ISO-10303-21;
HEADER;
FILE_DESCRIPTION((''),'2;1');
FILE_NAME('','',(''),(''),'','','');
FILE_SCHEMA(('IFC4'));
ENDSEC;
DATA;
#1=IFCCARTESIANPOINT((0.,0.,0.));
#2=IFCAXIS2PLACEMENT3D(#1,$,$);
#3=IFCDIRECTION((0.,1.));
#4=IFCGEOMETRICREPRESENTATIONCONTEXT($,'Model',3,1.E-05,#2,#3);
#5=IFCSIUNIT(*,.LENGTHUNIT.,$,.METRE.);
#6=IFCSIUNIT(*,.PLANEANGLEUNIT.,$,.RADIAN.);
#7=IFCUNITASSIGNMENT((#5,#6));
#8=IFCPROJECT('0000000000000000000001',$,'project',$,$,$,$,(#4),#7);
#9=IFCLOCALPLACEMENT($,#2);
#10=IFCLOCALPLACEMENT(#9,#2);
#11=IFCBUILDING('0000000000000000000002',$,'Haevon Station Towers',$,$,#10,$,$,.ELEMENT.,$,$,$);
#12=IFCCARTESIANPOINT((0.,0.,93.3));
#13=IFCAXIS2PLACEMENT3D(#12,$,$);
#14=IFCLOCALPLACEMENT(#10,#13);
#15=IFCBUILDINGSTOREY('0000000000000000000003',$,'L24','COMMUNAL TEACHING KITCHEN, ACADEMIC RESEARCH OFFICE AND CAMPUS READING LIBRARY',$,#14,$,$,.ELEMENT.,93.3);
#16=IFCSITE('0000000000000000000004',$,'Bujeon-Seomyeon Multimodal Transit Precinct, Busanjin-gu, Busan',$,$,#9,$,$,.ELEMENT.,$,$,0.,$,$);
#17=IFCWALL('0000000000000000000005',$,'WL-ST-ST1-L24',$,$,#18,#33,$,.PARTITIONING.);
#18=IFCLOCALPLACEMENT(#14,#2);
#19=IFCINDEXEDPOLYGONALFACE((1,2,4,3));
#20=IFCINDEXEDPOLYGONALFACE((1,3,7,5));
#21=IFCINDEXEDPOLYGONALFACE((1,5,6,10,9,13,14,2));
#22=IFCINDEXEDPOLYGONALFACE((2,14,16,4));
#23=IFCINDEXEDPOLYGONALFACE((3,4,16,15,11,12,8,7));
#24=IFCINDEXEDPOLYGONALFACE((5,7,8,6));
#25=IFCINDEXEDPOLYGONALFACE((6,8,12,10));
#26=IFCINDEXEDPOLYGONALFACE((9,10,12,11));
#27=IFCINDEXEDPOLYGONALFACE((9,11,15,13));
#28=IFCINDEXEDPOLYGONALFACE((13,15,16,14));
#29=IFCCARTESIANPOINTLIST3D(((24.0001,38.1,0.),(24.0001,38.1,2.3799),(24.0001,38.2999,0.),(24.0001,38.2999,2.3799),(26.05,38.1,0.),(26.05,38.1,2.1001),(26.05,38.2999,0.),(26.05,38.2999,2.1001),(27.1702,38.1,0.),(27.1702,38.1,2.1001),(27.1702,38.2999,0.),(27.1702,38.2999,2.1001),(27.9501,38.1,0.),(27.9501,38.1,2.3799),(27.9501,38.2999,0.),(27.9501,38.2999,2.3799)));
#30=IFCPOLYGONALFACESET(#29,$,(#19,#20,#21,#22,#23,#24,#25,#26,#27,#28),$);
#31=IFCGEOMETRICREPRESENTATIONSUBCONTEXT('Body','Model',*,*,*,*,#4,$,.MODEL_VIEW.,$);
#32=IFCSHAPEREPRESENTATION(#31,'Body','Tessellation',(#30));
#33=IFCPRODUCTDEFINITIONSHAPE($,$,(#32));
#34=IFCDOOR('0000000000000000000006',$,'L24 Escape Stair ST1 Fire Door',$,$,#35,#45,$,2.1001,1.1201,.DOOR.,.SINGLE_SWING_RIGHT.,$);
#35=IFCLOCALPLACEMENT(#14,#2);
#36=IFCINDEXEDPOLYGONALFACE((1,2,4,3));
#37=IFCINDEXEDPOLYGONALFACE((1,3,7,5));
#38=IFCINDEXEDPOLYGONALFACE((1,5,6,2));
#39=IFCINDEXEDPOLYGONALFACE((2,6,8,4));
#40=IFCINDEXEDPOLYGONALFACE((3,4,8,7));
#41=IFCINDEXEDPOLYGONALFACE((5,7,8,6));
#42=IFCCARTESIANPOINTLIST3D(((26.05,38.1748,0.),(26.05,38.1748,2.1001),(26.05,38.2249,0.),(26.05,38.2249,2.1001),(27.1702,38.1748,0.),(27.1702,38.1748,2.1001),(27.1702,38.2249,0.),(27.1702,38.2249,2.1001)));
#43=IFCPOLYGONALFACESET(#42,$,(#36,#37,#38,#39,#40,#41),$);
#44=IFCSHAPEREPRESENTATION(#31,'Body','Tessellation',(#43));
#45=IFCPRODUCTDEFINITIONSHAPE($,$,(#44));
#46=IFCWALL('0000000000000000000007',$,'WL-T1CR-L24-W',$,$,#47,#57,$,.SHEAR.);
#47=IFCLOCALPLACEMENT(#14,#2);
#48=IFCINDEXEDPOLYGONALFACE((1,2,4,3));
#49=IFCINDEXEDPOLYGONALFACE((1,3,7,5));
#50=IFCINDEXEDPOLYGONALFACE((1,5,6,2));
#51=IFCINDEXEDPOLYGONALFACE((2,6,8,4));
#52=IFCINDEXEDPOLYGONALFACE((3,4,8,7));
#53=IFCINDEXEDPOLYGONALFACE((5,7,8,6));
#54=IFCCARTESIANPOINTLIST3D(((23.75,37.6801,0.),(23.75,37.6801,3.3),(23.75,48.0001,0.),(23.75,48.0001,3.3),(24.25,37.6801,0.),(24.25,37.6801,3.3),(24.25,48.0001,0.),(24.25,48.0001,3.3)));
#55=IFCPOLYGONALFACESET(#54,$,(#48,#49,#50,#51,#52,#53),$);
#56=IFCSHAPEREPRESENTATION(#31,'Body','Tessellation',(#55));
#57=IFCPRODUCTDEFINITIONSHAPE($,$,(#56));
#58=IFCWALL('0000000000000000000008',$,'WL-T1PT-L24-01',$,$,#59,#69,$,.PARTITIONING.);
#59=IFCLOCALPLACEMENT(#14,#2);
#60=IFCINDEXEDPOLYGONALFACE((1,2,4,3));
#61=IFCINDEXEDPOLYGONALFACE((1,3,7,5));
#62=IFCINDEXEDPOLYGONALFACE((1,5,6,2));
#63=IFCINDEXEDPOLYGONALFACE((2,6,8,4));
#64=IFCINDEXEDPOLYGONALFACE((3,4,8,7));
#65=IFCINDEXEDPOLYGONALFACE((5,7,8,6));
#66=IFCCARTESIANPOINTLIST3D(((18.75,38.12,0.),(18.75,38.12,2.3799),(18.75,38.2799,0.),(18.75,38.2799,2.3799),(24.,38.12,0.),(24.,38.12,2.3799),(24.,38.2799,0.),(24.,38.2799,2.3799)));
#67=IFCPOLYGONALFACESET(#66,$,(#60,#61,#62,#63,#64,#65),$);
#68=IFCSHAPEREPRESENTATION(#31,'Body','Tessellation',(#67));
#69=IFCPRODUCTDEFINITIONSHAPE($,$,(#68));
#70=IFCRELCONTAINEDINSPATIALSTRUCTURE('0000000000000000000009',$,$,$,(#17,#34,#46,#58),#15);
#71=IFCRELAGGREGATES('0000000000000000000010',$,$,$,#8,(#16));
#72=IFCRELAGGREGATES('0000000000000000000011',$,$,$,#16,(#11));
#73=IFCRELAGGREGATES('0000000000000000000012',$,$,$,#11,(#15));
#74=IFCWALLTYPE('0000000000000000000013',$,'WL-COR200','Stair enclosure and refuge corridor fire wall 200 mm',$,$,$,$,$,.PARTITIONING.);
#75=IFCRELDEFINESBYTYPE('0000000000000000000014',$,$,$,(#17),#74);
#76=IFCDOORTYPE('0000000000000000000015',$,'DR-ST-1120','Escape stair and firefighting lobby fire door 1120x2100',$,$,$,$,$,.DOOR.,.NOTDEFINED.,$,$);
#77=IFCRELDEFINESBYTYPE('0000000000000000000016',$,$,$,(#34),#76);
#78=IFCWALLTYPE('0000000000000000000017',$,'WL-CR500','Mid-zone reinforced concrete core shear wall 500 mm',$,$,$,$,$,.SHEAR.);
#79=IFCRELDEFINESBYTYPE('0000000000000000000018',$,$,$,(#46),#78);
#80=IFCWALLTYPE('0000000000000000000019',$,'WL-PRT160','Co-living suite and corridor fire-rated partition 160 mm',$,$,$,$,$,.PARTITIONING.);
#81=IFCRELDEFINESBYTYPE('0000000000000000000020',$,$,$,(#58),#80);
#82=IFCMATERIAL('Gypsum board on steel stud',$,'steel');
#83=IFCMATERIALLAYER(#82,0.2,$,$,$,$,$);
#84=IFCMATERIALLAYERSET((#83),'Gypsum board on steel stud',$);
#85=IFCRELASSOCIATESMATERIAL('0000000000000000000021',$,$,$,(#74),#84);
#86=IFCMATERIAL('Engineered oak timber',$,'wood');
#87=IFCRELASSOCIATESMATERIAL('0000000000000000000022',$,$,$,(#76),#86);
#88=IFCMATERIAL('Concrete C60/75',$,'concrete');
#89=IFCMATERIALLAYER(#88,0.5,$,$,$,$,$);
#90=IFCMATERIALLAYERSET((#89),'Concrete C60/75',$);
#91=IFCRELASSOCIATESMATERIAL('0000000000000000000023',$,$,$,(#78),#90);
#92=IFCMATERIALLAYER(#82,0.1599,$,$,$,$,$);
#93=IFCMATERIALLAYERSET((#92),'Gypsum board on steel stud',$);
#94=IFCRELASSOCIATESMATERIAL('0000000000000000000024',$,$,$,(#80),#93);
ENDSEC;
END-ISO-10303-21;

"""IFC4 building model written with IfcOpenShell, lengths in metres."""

from ifc_helpers import new_model, si_unit, direction, frame, frame_2d, origin, place, context, subcontext, project, spatial, rectangle, extrude, material, layer, layer_set, type_object, element, fill, save


model = new_model("IFC4")

# Units and contexts
model_context = context("Model", 3, precision=1e-05, world=origin(), true_north=direction((0.0, 1.0)))
body_context = subcontext(model_context, "Body", "Model", "MODEL_VIEW")
ifc_project = project(units=[si_unit("LENGTHUNIT", "METRE"), si_unit("PLANEANGLEUNIT", "RADIAN")], contexts=[model_context])

# Site, building, storey
site_placement = place(None, origin())
site = spatial("IfcSite", under=ifc_project, at=site_placement, Name="Bujeon-Seomyeon Multimodal Transit Precinct, Busanjin-gu, Busan", CompositionType="ELEMENT", RefElevation=0.0)
building_placement = place(site_placement, origin())
building = spatial("IfcBuilding", under=site, at=building_placement, Name="Haevon Station Towers", CompositionType="ELEMENT")
storey_placement = place(building_placement, frame((0.0, 0.0, 93.3)))
storey = spatial("IfcBuildingStorey", under=building, at=storey_placement, Name="L24", Description="COMMUNAL TEACHING KITCHEN, ACADEMIC RESEARCH OFFICE AND CAMPUS READING LIBRARY", CompositionType="ELEMENT", Elevation=93.3)

# Wall, opening, door
ifc_material_1 = material(Name="Gypsum board on steel stud", Category="steel")
ifc_layer_1 = layer(ifc_material_1, 0.2)
ifc_layer_set_1 = layer_set([ifc_layer_1], Name="Gypsum board on steel stud")
wall_type_1 = type_object("IfcWallType", Name="WL-COR200", Description="Stair enclosure and refuge corridor fire wall 200 mm", PredefinedType="PARTITIONING", material=ifc_layer_set_1)
wall_1_placement = place(storey_placement, frame((24.0, 38.2, 0.0), z_axis=(0.0, 0.0, 1.0), x_axis=(1.0, 0.0, 0.0)))
wall_1 = element("IfcWall", 1, at=wall_1_placement, inside=storey, type_object=wall_type_1, Name="WL-ST-ST1-L24", PredefinedType="PARTITIONING", context=body_context, shape_type="SweptSolid", body=[
    extrude(rectangle(XDim=3.95, YDim=0.2, at=frame_2d((1.9751, 0.0))), origin(), (0.0, 0.0, 1.0), 2.3799),
])
opening_1_placement = place(wall_1_placement, frame((2.05, 0.0, 0.0)))
opening_1 = element("IfcOpeningElement", 2, at=opening_1_placement, cuts=wall_1, PredefinedType="OPENING", context=body_context, shape_type="SweptSolid", body=[
    extrude(rectangle(XDim=1.1201, YDim=2.1001, at=frame_2d((0.5601, 1.05))), frame((0.0, 0.1099, 0.0), z_axis=(0.0, -1.0, 0.0), x_axis=(1.0, 0.0, 0.0)), (0.0, 0.0, 1.0), 0.22),
])
ifc_material_2 = material(Name="Engineered oak timber", Category="wood")
door_type_1 = type_object("IfcDoorType", Name="DR-ST-1120", Description="Escape stair and firefighting lobby fire door 1120x2100", OperationType="NOTDEFINED", PredefinedType="DOOR", material=ifc_material_2)
door_1_placement = place(opening_1_placement, origin())
door_1 = element("IfcDoor", 3, at=door_1_placement, inside=storey, type_object=door_type_1, Name="L24 Escape Stair ST1 Fire Door", OperationType="SINGLE_SWING_RIGHT", OverallHeight=2.1001, OverallWidth=1.1201, PredefinedType="DOOR", context=body_context, shape_type="SweptSolid", body=[
    extrude(rectangle(XDim=1.1201, YDim=2.1001, at=frame_2d((0.5601, 1.05))), frame((0.0, 0.0249, 0.0), z_axis=(0.0, -1.0, 0.0), x_axis=(1.0, 0.0, 0.0)), (0.0, 0.0, 1.0), 0.05),
])
fill(opening_1, door_1)

# Walls
ifc_material_3 = material(Name="Concrete C60/75", Category="concrete")
ifc_layer_2 = layer(ifc_material_3, 0.5)
ifc_layer_set_2 = layer_set([ifc_layer_2], Name="Concrete C60/75")
wall_type_2 = type_object("IfcWallType", Name="WL-CR500", Description="Mid-zone reinforced concrete core shear wall 500 mm", PredefinedType="SHEAR", material=ifc_layer_set_2)
wall_2_placement = place(storey_placement, frame((24.0, 37.6799, 0.0), z_axis=(0.0, 0.0, 1.0), x_axis=(0.0, 1.0, 0.0)))
element("IfcWall", 4, at=wall_2_placement, inside=storey, type_object=wall_type_2, Name="WL-T1CR-L24-W", PredefinedType="SHEAR", context=body_context, shape_type="SweptSolid", body=[
    extrude(rectangle(XDim=10.3201, YDim=0.5, at=frame_2d((5.1602, 0.0))), origin(), (0.0, 0.0, 1.0), 3.3),
])
ifc_layer_3 = layer(ifc_material_1, 0.1599)
ifc_layer_set_3 = layer_set([ifc_layer_3], Name="Gypsum board on steel stud")
wall_type_3 = type_object("IfcWallType", Name="WL-PRT160", Description="Co-living suite and corridor fire-rated partition 160 mm", PredefinedType="PARTITIONING", material=ifc_layer_set_3)
wall_3_placement = place(storey_placement, frame((18.75, 38.2, 0.0), z_axis=(0.0, 0.0, 1.0), x_axis=(1.0, 0.0, 0.0)))
element("IfcWall", 5, at=wall_3_placement, inside=storey, type_object=wall_type_3, Name="WL-T1PT-L24-01", PredefinedType="PARTITIONING", context=body_context, shape_type="SweptSolid", body=[
    extrude(rectangle(XDim=5.25, YDim=0.1599, at=frame_2d((2.625, 0.0))), origin(), (0.0, 0.0, 1.0), 2.3799),
])

save(model, "model.ifc")
